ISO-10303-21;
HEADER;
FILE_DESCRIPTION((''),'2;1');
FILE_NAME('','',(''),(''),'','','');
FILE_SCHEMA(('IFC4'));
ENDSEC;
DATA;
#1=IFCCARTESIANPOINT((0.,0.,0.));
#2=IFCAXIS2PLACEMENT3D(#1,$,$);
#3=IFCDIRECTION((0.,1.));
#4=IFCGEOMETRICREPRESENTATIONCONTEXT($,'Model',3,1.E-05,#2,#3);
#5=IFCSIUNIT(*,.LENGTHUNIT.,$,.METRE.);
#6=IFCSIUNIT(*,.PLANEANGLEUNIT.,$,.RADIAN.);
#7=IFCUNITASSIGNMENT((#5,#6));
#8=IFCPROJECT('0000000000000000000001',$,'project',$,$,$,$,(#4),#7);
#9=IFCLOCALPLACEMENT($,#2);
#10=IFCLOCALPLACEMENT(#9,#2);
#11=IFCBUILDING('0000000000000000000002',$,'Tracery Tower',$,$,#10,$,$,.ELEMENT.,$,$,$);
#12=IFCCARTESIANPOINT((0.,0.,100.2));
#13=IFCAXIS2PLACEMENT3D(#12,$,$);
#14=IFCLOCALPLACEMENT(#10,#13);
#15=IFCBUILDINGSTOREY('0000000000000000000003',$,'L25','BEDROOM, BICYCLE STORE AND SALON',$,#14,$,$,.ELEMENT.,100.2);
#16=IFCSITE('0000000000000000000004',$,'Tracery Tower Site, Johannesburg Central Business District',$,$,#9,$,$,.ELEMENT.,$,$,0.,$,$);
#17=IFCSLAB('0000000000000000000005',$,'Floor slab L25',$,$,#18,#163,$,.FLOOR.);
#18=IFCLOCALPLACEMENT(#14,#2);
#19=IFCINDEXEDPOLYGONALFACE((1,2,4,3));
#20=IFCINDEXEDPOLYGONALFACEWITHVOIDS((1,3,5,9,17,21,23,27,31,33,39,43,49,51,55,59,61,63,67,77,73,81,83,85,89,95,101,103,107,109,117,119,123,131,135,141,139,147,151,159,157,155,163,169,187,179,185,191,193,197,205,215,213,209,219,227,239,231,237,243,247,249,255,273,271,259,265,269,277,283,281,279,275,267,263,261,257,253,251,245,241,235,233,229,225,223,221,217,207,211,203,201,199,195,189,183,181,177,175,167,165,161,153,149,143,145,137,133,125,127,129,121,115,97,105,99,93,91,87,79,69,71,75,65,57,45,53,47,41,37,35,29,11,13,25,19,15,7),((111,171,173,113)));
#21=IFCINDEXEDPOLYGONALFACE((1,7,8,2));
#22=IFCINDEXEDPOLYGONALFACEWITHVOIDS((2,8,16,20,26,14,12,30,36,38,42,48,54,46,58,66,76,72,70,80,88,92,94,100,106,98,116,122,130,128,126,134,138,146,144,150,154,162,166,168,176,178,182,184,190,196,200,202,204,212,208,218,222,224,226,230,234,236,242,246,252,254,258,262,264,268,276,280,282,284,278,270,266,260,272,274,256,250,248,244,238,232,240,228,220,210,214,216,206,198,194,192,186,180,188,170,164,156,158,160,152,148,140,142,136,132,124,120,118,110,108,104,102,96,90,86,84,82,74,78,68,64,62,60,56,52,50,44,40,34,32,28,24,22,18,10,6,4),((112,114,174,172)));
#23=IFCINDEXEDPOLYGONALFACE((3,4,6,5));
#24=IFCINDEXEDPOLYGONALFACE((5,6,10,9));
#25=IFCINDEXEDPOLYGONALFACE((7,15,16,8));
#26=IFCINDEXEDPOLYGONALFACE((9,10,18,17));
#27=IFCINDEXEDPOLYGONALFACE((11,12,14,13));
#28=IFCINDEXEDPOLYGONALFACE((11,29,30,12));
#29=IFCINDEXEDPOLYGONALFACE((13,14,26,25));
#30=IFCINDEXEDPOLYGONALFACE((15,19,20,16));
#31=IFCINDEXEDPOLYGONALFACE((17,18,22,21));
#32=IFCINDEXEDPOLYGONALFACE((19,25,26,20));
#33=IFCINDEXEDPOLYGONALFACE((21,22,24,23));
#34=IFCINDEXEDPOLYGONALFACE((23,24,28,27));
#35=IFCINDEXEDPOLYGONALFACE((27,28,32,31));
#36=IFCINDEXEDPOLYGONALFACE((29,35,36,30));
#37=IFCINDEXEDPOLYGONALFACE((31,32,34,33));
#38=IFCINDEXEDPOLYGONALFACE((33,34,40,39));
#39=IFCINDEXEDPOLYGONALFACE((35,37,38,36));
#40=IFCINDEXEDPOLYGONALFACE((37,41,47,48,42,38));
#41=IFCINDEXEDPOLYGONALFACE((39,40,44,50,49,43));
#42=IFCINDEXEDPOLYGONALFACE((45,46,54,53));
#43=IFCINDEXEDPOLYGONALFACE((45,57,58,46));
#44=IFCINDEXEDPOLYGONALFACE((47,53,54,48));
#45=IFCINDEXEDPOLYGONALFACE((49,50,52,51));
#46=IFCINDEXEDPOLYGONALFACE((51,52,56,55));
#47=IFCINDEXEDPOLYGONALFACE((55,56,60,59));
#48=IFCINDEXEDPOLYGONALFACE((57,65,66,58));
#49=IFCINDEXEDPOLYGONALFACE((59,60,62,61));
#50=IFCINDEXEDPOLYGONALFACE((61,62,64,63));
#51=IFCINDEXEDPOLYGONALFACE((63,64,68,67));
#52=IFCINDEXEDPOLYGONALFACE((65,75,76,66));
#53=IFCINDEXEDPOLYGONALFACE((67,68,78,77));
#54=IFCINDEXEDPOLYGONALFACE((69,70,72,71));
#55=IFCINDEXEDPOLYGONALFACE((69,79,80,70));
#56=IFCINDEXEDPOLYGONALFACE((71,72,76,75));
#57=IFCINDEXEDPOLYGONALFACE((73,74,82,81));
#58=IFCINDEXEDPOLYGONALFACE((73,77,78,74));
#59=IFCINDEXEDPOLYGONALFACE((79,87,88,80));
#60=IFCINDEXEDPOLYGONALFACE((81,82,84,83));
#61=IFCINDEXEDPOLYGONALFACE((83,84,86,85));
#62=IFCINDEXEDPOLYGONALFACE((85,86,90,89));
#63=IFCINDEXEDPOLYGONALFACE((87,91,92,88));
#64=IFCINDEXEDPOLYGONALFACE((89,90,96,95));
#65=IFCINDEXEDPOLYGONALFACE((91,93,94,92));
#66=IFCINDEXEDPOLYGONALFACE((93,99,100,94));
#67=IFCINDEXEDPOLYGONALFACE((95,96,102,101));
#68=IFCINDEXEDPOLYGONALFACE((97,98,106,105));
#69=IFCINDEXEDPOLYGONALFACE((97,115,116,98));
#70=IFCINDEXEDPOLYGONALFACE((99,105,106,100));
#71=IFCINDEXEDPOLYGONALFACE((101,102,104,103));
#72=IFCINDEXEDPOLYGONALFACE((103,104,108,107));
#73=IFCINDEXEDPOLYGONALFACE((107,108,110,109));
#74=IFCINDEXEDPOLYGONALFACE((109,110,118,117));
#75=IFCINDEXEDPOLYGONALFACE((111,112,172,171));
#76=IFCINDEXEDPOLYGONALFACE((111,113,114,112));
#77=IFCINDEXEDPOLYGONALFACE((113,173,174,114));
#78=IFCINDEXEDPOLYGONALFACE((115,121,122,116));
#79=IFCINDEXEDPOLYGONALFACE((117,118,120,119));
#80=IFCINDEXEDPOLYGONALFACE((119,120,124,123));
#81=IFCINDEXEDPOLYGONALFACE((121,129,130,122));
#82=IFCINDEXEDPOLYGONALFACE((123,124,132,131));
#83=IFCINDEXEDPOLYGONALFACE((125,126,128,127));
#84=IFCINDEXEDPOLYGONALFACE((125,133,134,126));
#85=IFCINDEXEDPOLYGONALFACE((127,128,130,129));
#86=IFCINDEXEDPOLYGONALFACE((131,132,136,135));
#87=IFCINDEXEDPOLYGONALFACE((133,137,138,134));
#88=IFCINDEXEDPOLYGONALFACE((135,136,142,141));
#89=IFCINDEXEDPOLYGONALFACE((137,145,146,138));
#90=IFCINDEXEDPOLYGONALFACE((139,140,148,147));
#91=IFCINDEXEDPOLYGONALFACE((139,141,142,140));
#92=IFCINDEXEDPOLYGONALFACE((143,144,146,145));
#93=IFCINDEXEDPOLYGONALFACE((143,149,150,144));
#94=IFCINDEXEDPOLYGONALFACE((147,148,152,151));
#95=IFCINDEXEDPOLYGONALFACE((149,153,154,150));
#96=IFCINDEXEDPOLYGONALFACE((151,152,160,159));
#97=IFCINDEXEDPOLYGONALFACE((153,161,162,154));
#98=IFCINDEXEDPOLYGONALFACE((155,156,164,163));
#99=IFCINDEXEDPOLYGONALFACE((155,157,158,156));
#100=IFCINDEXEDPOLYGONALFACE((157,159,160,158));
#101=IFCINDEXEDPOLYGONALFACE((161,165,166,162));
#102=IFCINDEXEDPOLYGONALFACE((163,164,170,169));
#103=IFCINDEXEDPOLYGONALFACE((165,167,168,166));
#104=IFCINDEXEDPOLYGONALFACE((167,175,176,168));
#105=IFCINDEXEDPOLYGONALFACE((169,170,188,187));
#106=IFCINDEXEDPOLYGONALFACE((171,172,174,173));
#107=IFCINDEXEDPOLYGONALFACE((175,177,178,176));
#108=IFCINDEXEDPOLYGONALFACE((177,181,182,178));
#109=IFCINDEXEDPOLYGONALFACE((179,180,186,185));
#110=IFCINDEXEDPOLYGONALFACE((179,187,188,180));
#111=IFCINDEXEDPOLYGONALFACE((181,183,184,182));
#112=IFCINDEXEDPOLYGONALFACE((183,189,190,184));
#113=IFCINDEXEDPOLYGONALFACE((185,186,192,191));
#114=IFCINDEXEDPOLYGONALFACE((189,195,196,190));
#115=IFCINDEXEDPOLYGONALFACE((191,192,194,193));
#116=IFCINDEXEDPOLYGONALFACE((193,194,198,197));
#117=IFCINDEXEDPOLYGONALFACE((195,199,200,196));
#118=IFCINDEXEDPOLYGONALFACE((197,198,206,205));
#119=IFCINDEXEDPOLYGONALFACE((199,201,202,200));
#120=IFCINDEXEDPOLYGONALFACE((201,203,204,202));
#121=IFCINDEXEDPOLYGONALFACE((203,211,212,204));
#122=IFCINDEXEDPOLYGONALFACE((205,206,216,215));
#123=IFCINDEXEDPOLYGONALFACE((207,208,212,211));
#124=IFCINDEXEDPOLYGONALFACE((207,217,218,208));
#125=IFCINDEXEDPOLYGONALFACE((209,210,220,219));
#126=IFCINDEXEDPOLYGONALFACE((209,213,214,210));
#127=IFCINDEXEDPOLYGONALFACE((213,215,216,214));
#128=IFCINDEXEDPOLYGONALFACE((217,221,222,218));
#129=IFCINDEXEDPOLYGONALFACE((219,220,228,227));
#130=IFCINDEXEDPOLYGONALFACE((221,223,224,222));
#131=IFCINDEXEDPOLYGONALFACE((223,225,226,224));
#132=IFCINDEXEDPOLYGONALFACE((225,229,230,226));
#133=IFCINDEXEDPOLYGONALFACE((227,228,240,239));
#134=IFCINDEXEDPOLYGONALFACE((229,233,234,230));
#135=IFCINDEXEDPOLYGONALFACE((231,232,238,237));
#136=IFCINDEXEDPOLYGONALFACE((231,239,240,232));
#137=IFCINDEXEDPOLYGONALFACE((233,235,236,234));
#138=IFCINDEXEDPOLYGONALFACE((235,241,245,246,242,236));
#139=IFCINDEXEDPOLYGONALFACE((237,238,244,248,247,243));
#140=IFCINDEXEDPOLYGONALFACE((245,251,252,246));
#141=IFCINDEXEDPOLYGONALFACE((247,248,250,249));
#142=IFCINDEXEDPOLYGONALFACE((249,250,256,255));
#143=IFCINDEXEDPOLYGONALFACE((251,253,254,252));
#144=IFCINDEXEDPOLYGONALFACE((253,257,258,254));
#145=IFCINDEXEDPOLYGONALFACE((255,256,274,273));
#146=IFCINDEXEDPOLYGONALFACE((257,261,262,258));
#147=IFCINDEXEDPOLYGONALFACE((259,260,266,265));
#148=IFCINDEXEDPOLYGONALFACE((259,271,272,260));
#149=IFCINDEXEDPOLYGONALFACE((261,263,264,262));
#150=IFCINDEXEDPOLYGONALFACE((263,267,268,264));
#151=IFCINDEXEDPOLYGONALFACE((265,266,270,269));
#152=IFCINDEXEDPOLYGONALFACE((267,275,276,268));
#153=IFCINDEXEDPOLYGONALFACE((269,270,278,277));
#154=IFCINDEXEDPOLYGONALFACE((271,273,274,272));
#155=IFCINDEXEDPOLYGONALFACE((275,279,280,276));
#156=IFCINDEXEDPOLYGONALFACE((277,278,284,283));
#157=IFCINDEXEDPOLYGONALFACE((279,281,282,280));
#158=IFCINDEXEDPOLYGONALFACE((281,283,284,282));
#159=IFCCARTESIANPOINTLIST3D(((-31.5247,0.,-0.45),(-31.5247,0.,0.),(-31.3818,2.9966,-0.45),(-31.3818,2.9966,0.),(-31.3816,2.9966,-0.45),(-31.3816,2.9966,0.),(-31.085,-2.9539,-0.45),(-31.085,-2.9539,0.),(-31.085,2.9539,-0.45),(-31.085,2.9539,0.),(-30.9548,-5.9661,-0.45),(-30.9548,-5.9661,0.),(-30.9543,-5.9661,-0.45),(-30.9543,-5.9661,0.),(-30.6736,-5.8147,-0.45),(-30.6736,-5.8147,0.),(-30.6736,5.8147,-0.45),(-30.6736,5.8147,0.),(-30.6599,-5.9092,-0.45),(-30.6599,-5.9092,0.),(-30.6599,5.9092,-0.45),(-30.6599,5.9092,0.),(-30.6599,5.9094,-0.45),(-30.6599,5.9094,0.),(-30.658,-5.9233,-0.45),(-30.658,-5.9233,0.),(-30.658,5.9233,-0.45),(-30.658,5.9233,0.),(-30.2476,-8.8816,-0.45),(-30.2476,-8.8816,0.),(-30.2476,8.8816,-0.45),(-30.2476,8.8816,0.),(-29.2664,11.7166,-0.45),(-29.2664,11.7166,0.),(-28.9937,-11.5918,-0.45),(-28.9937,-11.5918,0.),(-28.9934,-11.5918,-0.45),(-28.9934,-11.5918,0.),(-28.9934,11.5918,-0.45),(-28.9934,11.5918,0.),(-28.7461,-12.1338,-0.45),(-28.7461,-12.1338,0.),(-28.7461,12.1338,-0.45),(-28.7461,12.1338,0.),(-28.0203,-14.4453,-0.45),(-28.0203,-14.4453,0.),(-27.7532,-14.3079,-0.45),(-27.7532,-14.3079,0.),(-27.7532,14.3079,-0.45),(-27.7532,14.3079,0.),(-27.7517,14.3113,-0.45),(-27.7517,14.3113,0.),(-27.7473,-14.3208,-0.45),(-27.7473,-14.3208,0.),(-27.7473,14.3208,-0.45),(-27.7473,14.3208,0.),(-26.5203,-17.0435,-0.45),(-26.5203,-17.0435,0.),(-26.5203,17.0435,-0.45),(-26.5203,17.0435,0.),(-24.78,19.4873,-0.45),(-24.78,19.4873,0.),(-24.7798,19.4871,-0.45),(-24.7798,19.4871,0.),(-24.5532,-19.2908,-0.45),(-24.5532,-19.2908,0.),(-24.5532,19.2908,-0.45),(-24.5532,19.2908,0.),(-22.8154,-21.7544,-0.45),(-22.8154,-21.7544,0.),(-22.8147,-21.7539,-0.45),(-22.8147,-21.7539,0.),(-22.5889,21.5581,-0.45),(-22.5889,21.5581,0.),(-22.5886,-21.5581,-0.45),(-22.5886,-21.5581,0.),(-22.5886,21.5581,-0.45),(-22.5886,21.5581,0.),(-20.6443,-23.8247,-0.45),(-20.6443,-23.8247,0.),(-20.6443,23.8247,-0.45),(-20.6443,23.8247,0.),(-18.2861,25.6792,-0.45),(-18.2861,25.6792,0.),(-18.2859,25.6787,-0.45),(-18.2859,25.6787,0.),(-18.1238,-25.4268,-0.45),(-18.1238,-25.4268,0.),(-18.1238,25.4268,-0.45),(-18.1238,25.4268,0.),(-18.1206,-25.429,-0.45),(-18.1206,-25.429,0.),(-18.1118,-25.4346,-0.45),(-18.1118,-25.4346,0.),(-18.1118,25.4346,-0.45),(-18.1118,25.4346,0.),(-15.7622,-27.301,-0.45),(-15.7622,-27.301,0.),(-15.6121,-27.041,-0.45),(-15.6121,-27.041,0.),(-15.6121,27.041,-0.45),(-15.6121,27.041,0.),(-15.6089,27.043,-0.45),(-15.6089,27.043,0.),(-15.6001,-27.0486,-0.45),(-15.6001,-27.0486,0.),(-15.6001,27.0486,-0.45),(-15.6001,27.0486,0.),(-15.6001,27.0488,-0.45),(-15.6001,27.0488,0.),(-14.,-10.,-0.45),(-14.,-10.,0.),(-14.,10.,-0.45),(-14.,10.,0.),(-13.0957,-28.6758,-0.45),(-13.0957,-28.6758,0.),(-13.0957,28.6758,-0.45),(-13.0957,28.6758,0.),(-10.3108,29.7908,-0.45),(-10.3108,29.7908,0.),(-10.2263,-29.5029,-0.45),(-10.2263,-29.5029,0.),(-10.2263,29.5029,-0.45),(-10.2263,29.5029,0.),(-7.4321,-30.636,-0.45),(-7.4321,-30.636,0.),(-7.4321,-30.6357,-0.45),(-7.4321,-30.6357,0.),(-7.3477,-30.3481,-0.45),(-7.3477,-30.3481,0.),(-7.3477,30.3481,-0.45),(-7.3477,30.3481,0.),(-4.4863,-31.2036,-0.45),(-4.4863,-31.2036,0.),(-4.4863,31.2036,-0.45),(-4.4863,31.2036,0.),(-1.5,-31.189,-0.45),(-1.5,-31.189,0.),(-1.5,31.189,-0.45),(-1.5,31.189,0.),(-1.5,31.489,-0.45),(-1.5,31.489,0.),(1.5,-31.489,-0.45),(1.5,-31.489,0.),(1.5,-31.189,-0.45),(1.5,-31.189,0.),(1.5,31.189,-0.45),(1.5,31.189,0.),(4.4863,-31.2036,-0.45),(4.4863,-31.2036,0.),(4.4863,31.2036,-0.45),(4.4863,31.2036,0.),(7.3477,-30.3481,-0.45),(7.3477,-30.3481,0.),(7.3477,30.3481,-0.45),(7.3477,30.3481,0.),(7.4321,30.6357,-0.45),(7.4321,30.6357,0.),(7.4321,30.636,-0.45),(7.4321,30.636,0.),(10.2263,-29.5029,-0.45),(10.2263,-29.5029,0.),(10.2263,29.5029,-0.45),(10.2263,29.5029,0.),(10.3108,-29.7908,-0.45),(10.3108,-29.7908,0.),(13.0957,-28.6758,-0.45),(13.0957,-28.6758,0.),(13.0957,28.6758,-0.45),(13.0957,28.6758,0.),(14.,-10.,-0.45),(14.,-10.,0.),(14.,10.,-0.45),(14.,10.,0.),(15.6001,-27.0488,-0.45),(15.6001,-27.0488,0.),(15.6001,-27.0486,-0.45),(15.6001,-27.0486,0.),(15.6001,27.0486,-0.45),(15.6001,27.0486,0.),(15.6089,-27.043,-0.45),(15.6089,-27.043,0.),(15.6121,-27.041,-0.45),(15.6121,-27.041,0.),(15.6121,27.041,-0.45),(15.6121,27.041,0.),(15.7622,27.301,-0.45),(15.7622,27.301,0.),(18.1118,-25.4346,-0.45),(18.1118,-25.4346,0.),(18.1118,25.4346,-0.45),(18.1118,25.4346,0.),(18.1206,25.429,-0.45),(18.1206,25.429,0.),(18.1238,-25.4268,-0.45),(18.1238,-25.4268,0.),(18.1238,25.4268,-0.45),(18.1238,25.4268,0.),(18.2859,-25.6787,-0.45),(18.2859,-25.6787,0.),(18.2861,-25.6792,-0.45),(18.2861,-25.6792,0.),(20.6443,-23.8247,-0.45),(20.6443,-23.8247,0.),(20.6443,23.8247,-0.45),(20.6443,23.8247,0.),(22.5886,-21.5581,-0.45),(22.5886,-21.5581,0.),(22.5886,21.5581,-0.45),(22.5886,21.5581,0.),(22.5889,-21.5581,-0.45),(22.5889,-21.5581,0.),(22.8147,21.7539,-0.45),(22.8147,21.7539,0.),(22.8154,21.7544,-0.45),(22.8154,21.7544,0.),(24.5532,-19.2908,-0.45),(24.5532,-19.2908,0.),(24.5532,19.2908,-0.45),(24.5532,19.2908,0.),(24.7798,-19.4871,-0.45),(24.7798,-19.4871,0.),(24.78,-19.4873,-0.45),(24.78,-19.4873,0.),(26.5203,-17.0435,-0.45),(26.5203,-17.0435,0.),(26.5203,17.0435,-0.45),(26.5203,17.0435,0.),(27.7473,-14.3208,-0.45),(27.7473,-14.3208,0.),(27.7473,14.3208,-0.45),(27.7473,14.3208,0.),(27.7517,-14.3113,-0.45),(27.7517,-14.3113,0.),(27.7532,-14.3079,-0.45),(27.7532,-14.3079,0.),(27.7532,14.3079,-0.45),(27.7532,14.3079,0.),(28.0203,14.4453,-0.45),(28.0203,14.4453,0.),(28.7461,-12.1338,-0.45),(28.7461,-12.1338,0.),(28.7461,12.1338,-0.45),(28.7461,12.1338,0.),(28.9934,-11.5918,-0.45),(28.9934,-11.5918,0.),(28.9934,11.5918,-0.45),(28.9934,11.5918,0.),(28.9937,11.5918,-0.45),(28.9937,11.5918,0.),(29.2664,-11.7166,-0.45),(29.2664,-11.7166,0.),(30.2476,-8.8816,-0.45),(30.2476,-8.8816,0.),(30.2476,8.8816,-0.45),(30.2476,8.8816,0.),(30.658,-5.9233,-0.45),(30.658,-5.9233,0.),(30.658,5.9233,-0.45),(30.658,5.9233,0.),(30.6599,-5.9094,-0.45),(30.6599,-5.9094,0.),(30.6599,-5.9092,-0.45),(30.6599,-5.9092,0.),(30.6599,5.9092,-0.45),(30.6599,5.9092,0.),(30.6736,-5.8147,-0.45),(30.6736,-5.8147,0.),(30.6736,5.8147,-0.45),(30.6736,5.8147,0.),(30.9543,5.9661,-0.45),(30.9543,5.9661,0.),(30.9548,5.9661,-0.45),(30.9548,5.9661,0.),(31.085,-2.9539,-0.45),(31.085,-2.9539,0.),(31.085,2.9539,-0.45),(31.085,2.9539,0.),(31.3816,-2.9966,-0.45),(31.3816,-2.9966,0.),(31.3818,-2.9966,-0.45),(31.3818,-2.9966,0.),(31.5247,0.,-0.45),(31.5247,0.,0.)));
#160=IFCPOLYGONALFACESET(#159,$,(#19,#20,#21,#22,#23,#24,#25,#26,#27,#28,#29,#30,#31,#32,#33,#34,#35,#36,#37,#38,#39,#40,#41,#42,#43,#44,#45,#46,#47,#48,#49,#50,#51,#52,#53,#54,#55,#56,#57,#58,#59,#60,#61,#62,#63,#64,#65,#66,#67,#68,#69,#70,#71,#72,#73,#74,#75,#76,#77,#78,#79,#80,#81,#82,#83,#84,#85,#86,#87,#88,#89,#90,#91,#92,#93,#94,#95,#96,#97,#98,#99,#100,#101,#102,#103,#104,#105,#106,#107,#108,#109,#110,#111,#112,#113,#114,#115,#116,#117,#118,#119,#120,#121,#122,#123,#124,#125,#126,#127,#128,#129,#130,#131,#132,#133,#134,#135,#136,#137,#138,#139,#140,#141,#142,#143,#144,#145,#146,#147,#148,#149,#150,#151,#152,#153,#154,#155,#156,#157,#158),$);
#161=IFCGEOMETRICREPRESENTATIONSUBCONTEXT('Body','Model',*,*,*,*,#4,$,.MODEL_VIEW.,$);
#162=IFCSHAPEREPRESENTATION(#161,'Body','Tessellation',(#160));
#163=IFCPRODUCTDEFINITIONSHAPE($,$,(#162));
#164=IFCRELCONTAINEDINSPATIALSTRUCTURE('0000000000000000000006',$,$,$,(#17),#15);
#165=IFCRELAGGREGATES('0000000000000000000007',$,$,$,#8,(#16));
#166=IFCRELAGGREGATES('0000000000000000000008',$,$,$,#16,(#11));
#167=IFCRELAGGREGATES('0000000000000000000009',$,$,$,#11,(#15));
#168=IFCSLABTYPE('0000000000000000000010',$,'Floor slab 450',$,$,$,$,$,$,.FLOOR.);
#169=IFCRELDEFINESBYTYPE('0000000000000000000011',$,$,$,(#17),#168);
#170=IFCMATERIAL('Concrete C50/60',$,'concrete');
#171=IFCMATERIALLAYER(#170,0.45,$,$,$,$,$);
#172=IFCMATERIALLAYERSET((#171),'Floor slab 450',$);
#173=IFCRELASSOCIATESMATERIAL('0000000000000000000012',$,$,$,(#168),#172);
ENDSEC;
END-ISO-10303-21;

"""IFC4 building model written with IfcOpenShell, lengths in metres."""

from ifc_helpers import new_model, si_unit, direction, frame, origin, place, context, subcontext, project, spatial, polyline, outline, extrude, material, layer, layer_set, type_object, element, save


model = new_model("IFC4")

# Units and contexts
model_context = context("Model", 3, precision=1e-05, world=origin(), true_north=direction((0.0, 1.0)))
body_context = subcontext(model_context, "Body", "Model", "MODEL_VIEW")
ifc_project = project(units=[si_unit("LENGTHUNIT", "METRE"), si_unit("PLANEANGLEUNIT", "RADIAN")], contexts=[model_context])

# Site, building, storey
site_placement = place(None, origin())
site = spatial("IfcSite", under=ifc_project, at=site_placement, Name="Tracery Tower Site, Johannesburg Central Business District", CompositionType="ELEMENT", RefElevation=0.0)
building_placement = place(site_placement, origin())
building = spatial("IfcBuilding", under=site, at=building_placement, Name="Tracery Tower", CompositionType="ELEMENT")
storey_placement = place(building_placement, frame((0.0, 0.0, 100.2)))
storey = spatial("IfcBuildingStorey", under=building, at=storey_placement, Name="L25", Description="BEDROOM, BICYCLE STORE AND SALON", CompositionType="ELEMENT", Elevation=100.2)

# Slab
ifc_material_1 = material(Name="Concrete C50/60", Category="concrete")
ifc_layer_1 = layer(ifc_material_1, 0.45)
ifc_layer_set_1 = layer_set([ifc_layer_1], Name="Floor slab 450")
slab_type_1 = type_object("IfcSlabType", Name="Floor slab 450", PredefinedType="FLOOR", material=ifc_layer_set_1)
slab_1_placement = place(storey_placement, frame((0.0, 0.0, -0.45)))
element("IfcSlab", 1, at=slab_1_placement, inside=storey, type_object=slab_type_1, Name="Floor slab L25", PredefinedType="FLOOR", context=body_context, shape_type="SweptSolid", body=[
    extrude(outline(polyline([(31.085, 2.9539), (31.085, 2.9539), (30.6736, 5.8147), (30.6599, 5.9092), (30.6599, 5.9092), (30.658, 5.9233), (30.9543, 5.9661), (30.9548, 5.9661), (30.2476, 8.8816), (28.9937, 11.5918), (28.9934, 11.5918), (28.7461, 12.1338), (27.7532, 14.3079), (27.7532, 14.3079), (27.7473, 14.3208), (28.0203, 14.4453), (26.5203, 17.0435), (24.5532, 19.2908), (24.5532, 19.2908), (22.5886, 21.5581), (22.8147, 21.7539), (22.8154, 21.7544), (20.6443, 23.8247), (18.1238, 25.4268), (18.1238, 25.4268), (18.1206, 25.429), (18.1118, 25.4346), (15.6121, 27.041), (15.6121, 27.041), (15.6001, 27.0486), (15.7622, 27.301), (13.0957, 28.6758), (10.2263, 29.5029), (10.2263, 29.5029), (7.3477, 30.3481), (7.4321, 30.6357), (7.4321, 30.636), (4.4863, 31.2036), (1.5, 31.189), (1.5, 31.189), (-1.5, 31.189), (-1.5, 31.489), (-4.4863, 31.2036), (-7.3477, 30.3481), (-7.3477, 30.3481), (-10.2263, 29.5029), (-10.3108, 29.7908), (-10.3108, 29.7908), (-13.0957, 28.6758), (-15.6001, 27.0488), (-15.6001, 27.0486), (-15.6089, 27.043), (-15.6121, 27.041), (-18.1118, 25.4346), (-18.1118, 25.4346), (-18.1238, 25.4268), (-18.2859, 25.6787), (-18.2861, 25.6792), (-20.6443, 23.8247), (-22.5889, 21.5581), (-22.5886, 21.5581), (-24.5532, 19.2908), (-24.7798, 19.4871), (-24.78, 19.4873), (-26.5203, 17.0435), (-27.7473, 14.3208), (-27.7473, 14.3208), (-27.7517, 14.3113), (-27.7532, 14.3079), (-28.7461, 12.1338), (-28.9934, 11.5918), (-29.2664, 11.7166), (-30.2476, 8.8816), (-30.658, 5.9233), (-30.658, 5.9233), (-30.6599, 5.9094), (-30.6599, 5.9092), (-30.6736, 5.8147), (-31.085, 2.9539), (-31.3816, 2.9966), (-31.3818, 2.9966), (-31.5247, 0.0), (-31.085, -2.9539), (-31.085, -2.9539), (-30.6736, -5.8147), (-30.6599, -5.9092), (-30.6599, -5.9092), (-30.658, -5.9233), (-30.9543, -5.9661), (-30.9548, -5.9661), (-30.2476, -8.8816), (-28.9937, -11.5918), (-28.9934, -11.5918), (-28.7461, -12.1338), (-27.7532, -14.3079), (-27.7532, -14.3079), (-27.7473, -14.3208), (-28.0203, -14.4453), (-26.5203, -17.0435), (-24.5532, -19.2908), (-24.5532, -19.2908), (-22.5886, -21.5581), (-22.8147, -21.7539), (-22.8154, -21.7544), (-20.6443, -23.8247), (-18.1238, -25.4268), (-18.1238, -25.4268), (-18.1206, -25.429), (-18.1118, -25.4346), (-15.6121, -27.041), (-15.6121, -27.041), (-15.6001, -27.0486), (-15.7622, -27.301), (-13.0957, -28.6758), (-10.2263, -29.5029), (-10.2263, -29.5029), (-7.3477, -30.3481), (-7.4321, -30.6357), (-7.4321, -30.636), (-4.4863, -31.2036), (-1.5, -31.189), (-1.5, -31.189), (1.5, -31.189), (1.5, -31.489), (4.4863, -31.2036), (7.3477, -30.3481), (7.3477, -30.3481), (10.2263, -29.5029), (10.3108, -29.7908), (10.3108, -29.7908), (13.0957, -28.6758), (15.6001, -27.0488), (15.6001, -27.0486), (15.6089, -27.043), (15.6121, -27.041), (18.1118, -25.4346), (18.1118, -25.4346), (18.1238, -25.4268), (18.2859, -25.6787), (18.2861, -25.6792), (20.6443, -23.8247), (22.5889, -21.5581), (22.5886, -21.5581), (24.5532, -19.2908), (24.7798, -19.4871), (24.78, -19.4873), (26.5203, -17.0435), (27.7473, -14.3208), (27.7473, -14.3208), (27.7517, -14.3113), (27.7532, -14.3079), (28.7461, -12.1338), (28.9934, -11.5918), (29.2664, -11.7166), (30.2476, -8.8816), (30.658, -5.9233), (30.658, -5.9233), (30.6599, -5.9094), (30.6599, -5.9092), (30.6736, -5.8147), (31.085, -2.9539), (31.3816, -2.9966), (31.3818, -2.9966), (31.5247, 0.0), (31.085, 2.9539)]), holes=[polyline([(-14.0, -10.0), (14.0, -10.0), (14.0, 10.0), (-14.0, 10.0), (-14.0, -10.0)])]), origin(), (0.0, 0.0, 1.0), 0.45),
])

save(model, "model.ifc")
